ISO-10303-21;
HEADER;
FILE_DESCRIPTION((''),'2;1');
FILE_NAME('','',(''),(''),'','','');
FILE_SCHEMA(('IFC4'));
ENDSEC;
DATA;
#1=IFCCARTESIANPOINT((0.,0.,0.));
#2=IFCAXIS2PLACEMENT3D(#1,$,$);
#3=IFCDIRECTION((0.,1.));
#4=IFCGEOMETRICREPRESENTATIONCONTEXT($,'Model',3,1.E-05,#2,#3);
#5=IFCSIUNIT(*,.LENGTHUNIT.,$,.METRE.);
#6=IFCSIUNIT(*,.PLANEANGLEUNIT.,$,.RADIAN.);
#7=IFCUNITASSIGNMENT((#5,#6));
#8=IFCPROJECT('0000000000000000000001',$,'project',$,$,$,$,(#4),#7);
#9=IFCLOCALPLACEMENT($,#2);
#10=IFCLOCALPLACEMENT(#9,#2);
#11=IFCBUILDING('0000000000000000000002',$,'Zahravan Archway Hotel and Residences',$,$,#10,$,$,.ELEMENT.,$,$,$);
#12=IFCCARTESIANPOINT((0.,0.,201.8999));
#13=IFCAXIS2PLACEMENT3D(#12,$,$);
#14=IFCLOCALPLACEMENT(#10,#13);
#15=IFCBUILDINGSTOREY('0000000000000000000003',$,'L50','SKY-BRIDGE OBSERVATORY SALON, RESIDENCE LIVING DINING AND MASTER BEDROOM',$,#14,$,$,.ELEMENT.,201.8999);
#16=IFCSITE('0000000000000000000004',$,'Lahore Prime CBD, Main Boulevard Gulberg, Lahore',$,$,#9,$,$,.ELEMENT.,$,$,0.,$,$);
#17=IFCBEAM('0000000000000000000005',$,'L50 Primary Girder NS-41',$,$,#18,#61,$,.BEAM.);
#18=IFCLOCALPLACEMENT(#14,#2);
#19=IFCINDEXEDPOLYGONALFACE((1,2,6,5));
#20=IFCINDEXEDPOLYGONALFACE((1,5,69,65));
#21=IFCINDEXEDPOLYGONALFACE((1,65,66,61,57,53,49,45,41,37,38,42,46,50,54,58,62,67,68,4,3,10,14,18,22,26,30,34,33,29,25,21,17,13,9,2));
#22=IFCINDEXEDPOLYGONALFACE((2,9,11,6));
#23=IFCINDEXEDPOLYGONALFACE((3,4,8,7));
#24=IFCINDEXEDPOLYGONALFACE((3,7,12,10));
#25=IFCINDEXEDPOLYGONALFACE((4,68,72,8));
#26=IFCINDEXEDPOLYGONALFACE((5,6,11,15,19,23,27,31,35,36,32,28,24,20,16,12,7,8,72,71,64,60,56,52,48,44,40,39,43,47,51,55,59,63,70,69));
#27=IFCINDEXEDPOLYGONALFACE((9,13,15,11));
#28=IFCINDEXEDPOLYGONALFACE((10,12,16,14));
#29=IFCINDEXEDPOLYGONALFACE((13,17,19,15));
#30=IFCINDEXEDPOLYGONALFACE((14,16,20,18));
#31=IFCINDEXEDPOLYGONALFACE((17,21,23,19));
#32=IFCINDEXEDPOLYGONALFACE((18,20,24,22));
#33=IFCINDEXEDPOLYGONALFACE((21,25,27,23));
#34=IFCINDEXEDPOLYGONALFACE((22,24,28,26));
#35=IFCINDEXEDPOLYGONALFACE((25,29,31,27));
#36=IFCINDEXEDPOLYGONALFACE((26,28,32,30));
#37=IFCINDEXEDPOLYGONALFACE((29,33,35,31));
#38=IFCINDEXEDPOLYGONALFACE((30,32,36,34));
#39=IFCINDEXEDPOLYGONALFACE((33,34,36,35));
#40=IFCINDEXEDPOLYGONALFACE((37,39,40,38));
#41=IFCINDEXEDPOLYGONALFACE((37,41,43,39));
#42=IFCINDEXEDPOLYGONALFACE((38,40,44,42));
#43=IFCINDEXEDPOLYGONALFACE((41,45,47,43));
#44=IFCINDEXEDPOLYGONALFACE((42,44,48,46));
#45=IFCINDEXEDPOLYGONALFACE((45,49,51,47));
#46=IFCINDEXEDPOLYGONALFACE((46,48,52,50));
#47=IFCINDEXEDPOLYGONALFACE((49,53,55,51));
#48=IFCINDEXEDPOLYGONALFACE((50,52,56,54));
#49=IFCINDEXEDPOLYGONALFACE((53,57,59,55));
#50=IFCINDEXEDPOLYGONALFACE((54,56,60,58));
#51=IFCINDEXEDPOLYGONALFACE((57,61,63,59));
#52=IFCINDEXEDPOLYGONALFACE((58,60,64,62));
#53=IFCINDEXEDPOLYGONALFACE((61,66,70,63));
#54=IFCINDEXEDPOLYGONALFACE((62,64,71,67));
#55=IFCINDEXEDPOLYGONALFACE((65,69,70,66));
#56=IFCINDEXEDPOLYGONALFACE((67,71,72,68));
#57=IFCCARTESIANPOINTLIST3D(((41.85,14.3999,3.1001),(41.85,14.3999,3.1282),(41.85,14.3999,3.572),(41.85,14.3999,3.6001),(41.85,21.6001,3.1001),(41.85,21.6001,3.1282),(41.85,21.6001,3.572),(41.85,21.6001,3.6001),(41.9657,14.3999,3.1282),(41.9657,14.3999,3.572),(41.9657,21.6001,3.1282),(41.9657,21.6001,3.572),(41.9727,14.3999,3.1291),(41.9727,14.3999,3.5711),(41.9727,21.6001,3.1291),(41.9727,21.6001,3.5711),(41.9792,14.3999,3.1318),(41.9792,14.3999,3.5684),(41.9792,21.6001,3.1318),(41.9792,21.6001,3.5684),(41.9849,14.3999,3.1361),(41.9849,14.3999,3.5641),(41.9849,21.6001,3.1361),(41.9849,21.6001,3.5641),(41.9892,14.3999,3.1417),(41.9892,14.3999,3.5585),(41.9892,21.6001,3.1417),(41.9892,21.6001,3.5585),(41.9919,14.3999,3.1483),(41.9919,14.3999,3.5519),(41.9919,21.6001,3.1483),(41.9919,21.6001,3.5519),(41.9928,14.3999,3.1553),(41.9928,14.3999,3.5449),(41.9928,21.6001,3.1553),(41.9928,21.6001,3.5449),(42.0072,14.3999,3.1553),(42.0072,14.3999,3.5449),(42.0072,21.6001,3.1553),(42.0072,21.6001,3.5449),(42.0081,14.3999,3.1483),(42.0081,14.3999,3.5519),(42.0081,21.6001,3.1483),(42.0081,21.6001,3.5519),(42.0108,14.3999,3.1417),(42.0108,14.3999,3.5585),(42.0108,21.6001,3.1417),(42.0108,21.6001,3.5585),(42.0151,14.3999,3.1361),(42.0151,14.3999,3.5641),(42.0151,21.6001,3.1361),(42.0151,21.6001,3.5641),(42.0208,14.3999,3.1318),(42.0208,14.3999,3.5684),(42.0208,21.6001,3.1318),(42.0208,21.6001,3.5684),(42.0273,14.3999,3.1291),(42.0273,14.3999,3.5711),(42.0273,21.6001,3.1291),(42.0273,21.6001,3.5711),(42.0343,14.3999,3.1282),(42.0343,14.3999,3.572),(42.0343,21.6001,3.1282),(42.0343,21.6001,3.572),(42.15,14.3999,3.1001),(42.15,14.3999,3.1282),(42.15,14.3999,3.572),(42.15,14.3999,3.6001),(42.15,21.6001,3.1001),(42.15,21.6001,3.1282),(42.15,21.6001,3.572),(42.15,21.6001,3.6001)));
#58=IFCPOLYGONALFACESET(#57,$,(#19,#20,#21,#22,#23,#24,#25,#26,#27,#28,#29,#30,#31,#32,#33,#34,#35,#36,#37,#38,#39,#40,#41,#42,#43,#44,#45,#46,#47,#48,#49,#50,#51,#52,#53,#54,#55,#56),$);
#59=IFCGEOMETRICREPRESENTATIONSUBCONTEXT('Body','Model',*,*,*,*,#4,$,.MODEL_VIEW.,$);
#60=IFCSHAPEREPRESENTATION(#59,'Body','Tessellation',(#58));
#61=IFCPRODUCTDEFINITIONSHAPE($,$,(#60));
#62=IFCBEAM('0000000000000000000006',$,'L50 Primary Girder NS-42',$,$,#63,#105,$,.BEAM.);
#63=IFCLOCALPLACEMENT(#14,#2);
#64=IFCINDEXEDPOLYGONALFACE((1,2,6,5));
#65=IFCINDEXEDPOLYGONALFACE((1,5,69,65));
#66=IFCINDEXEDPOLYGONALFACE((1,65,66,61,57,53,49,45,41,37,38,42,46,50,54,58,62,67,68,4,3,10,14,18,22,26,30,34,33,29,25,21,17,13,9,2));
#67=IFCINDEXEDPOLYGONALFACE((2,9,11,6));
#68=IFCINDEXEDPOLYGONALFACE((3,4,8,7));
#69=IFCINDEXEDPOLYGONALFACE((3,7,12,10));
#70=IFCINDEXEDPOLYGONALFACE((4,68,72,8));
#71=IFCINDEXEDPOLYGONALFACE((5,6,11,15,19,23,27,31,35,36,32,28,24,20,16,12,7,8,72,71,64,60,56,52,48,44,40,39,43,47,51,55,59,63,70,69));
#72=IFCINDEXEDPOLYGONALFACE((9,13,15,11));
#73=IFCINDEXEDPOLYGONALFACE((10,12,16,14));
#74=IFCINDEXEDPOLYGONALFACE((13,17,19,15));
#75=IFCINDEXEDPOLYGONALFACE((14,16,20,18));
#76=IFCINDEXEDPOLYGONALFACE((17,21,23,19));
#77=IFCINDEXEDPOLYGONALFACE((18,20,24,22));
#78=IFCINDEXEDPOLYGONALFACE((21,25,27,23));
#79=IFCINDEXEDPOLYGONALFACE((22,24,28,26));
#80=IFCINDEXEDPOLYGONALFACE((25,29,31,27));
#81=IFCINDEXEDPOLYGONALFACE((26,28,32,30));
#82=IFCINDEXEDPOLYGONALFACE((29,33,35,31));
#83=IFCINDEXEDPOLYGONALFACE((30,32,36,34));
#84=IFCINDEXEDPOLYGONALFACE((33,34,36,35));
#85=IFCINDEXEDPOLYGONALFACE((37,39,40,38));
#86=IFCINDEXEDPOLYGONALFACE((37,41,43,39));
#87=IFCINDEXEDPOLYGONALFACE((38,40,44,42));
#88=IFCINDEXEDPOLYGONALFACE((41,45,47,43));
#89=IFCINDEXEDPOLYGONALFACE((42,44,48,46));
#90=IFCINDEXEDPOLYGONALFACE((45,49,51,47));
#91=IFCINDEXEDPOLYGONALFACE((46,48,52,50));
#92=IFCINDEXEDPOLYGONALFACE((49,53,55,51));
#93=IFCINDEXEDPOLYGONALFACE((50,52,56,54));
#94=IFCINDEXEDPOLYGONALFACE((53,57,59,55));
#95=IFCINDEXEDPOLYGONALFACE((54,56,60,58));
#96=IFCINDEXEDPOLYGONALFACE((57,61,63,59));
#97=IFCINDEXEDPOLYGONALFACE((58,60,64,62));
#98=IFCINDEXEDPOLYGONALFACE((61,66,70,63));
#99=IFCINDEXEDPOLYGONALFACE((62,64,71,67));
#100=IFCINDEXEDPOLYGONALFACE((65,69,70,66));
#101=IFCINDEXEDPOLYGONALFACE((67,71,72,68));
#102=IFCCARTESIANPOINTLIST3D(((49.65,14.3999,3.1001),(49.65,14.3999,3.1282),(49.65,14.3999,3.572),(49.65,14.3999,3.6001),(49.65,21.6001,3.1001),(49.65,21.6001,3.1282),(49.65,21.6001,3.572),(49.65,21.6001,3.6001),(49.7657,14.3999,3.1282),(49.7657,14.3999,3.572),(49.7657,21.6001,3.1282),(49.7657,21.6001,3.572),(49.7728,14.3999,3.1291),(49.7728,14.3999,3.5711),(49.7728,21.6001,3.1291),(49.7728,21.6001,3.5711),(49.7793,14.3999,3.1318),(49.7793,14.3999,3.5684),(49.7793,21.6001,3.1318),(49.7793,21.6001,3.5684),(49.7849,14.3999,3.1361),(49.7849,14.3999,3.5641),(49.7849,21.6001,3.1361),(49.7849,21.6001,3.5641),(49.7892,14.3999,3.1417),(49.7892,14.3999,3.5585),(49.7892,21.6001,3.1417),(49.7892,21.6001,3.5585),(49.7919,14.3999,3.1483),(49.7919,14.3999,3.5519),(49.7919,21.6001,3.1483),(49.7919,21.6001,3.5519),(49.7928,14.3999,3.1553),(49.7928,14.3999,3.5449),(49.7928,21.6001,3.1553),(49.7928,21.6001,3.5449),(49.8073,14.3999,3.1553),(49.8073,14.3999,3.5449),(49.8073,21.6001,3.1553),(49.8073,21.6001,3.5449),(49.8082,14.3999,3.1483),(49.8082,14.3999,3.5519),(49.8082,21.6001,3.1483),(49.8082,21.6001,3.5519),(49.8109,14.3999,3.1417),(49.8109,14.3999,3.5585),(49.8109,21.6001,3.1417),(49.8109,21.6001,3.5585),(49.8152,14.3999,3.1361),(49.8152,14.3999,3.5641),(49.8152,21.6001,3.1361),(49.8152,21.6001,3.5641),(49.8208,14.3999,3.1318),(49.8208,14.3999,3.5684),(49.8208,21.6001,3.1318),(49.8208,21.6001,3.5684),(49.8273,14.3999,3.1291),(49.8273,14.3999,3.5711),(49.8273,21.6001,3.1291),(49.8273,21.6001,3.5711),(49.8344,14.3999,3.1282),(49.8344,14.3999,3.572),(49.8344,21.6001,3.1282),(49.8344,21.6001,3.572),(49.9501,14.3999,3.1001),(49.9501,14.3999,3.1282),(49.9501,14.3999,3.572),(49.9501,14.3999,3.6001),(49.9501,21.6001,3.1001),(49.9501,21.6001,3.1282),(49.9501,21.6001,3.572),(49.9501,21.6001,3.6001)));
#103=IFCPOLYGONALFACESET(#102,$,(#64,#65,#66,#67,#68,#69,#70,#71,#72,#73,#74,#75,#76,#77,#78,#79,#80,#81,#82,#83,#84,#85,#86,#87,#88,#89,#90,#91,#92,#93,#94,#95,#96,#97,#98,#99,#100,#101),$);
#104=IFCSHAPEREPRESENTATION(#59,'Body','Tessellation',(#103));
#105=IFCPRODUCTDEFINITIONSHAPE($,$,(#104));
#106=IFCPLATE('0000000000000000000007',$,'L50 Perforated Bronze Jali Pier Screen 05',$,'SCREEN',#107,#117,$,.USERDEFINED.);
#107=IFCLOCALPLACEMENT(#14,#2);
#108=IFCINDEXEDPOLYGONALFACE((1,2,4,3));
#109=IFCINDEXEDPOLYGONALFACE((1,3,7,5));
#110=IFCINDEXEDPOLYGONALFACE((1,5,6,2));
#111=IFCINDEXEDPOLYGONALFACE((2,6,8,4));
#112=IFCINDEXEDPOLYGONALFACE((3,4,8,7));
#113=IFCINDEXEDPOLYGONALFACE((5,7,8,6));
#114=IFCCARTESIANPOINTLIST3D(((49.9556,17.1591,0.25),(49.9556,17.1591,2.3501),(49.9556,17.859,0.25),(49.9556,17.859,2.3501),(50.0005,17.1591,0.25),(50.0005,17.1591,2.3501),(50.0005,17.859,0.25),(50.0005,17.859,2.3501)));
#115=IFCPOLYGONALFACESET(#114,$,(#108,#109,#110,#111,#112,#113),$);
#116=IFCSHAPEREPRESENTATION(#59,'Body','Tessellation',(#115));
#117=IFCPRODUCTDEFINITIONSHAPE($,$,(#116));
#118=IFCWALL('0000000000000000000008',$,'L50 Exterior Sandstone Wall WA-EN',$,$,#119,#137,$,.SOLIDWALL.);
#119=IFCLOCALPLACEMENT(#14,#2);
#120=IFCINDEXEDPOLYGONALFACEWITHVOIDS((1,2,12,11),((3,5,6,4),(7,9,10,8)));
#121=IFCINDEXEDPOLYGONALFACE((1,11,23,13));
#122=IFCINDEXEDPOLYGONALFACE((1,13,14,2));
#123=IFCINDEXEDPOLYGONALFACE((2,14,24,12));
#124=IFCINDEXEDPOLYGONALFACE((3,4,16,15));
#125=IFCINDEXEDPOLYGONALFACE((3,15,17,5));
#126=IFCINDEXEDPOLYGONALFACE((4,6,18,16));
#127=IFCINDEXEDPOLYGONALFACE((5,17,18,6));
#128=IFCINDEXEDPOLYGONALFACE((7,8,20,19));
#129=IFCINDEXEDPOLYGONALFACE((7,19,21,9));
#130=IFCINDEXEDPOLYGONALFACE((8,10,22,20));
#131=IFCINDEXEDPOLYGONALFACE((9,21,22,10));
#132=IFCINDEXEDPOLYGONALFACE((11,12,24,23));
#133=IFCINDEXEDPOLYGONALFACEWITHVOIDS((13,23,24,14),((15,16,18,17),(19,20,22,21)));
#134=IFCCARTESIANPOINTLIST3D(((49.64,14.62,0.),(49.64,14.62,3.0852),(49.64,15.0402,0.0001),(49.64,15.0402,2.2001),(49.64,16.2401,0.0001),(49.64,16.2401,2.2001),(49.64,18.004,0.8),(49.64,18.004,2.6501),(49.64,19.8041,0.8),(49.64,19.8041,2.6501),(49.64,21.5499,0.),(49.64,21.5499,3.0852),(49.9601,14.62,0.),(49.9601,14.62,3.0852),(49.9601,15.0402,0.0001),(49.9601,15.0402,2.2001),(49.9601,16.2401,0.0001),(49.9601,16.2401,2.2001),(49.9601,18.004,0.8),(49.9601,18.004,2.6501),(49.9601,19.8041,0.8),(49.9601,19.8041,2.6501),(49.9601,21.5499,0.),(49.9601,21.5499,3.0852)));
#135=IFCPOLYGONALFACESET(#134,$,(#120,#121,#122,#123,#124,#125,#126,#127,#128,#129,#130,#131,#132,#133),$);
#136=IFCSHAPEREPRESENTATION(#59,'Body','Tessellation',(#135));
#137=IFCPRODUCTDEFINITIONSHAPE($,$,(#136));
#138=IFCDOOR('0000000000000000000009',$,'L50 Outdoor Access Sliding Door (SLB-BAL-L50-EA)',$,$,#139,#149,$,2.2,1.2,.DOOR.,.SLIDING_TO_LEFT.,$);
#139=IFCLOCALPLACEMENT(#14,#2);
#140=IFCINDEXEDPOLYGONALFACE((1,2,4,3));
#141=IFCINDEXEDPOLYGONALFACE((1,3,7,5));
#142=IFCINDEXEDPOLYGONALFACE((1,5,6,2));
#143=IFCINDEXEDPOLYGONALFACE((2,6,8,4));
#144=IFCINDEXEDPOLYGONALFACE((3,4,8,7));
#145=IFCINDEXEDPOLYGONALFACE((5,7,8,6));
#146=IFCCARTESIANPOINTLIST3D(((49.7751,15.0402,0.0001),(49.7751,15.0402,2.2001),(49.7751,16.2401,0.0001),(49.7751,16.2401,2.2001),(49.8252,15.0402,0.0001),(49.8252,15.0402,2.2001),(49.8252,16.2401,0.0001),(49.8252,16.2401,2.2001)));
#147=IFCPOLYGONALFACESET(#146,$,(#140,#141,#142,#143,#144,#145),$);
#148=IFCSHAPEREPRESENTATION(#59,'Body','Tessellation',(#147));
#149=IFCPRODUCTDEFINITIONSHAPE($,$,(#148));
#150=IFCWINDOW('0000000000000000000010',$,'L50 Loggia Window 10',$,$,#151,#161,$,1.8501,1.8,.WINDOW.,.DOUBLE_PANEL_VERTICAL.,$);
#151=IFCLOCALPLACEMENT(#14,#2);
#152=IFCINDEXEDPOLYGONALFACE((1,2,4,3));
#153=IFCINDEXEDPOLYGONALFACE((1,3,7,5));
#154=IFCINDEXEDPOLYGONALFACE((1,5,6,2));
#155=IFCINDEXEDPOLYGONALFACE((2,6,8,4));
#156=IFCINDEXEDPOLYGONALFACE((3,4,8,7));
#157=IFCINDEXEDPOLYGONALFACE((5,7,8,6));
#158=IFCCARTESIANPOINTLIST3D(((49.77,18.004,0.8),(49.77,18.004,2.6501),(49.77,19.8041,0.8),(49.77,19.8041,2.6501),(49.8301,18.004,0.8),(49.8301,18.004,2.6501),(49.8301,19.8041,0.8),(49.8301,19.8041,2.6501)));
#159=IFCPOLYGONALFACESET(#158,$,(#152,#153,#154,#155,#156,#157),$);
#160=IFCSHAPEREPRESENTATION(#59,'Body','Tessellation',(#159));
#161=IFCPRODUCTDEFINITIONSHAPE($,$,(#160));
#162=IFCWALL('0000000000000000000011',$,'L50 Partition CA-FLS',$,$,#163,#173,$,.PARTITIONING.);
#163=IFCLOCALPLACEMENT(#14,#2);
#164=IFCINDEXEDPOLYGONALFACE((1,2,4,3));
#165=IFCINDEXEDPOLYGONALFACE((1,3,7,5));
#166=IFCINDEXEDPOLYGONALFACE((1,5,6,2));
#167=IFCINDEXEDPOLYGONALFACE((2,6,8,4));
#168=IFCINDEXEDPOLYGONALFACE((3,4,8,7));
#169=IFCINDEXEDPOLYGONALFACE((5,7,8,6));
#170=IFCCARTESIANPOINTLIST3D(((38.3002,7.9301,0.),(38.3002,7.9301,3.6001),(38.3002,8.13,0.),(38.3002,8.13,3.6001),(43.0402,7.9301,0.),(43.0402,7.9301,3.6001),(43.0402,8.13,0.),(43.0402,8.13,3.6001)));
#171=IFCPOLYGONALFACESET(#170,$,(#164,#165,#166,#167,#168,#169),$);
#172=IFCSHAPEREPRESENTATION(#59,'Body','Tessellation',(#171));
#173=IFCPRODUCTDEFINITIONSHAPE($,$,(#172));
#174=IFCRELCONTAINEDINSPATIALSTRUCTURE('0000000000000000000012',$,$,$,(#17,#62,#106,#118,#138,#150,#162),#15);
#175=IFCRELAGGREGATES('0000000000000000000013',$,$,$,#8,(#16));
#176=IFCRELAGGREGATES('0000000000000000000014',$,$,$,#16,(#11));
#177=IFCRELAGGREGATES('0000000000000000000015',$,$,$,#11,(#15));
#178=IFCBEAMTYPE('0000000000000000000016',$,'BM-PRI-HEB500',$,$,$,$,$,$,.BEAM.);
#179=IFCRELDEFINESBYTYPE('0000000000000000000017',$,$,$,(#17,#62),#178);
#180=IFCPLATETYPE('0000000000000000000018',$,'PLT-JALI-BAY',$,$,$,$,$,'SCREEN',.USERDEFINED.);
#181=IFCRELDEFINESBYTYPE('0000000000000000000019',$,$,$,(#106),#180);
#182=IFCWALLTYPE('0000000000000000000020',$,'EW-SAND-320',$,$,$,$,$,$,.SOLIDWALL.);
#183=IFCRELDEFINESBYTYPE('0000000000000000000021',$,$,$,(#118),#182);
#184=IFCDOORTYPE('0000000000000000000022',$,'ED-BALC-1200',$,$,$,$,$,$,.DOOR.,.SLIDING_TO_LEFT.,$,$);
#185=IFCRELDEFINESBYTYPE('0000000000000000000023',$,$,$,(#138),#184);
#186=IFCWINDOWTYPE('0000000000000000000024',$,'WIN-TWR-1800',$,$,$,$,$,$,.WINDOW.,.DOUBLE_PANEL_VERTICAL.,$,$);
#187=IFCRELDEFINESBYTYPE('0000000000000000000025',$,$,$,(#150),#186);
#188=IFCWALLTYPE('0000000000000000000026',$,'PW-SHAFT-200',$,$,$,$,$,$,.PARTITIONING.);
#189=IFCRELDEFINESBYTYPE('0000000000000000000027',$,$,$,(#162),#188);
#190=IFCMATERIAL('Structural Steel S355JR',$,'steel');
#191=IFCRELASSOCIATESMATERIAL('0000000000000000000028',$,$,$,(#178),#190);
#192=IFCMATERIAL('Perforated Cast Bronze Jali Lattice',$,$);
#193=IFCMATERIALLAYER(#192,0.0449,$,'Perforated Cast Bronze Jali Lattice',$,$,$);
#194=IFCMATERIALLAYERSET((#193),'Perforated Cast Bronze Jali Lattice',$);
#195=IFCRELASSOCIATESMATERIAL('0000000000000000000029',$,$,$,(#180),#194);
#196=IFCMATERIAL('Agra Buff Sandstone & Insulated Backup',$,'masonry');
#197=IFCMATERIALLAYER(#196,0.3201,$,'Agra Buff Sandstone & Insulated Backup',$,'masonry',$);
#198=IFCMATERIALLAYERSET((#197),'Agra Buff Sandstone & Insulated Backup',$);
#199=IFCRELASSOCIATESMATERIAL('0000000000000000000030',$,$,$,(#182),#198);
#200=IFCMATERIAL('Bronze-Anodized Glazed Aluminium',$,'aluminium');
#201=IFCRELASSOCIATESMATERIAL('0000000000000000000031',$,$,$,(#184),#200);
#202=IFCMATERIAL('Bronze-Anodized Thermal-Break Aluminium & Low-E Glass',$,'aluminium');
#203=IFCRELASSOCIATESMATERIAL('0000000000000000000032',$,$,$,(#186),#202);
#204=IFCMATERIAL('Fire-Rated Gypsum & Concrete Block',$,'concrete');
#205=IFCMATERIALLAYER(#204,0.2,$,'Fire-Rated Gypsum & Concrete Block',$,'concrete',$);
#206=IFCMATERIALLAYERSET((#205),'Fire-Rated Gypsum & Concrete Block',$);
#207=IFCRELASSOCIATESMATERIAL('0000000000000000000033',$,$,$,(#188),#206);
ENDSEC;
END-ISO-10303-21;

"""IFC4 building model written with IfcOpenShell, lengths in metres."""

from ifc_helpers import new_model, si_unit, direction, frame, frame_2d, origin, origin_2d, place, context, subcontext, project, spatial, rectangle, i_section, extrude, source, transform, mapped, material, layer, layer_set, material_profile, profile_set, type_object, type_shapes, element, fill, save


model = new_model("IFC4")

# Units and contexts
model_context = context("Model", 3, precision=1e-05, world=origin(), true_north=direction((0.0, 1.0)))
body_context = subcontext(model_context, "Body", "Model", "MODEL_VIEW")
ifc_project = project(units=[si_unit("LENGTHUNIT", "METRE"), si_unit("PLANEANGLEUNIT", "RADIAN")], contexts=[model_context])

# Site, building, storey
site_placement = place(None, origin())
site = spatial("IfcSite", under=ifc_project, at=site_placement, Name="Lahore Prime CBD, Main Boulevard Gulberg, Lahore", CompositionType="ELEMENT", RefElevation=0.0)
building_placement = place(site_placement, origin())
building = spatial("IfcBuilding", under=site, at=building_placement, Name="Zahravan Archway Hotel and Residences", CompositionType="ELEMENT")
storey_placement = place(building_placement, frame((0.0, 0.0, 201.8999)))
storey = spatial("IfcBuildingStorey", under=building, at=storey_placement, Name="L50", Description="SKY-BRIDGE OBSERVATORY SALON, RESIDENCE LIVING DINING AND MASTER BEDROOM", CompositionType="ELEMENT", Elevation=201.8999)

# Beams
ifc_material_1 = material(Name="Structural Steel S355JR", Category="steel")
ifc_material_profile = material_profile(ifc_material_1, i_section(OverallWidth=0.3, OverallDepth=0.5, WebThickness=0.0144, FlangeThickness=0.0281, FilletRadius=0.0271, at=origin_2d()), Name="HEB 500", Category="steel")
ifc_profile_set = profile_set([ifc_material_profile], Name="Structural Steel S355JR")
beam_type = type_object("IfcBeamType", Name="BM-PRI-HEB500", PredefinedType="BEAM", material=ifc_profile_set)
shared_shape_1 = source(origin(), body_context, "Body", "SweptSolid", [
    extrude(i_section(OverallWidth=0.3, OverallDepth=0.5, WebThickness=0.0144, FlangeThickness=0.0281, FilletRadius=0.0271, at=origin_2d()), origin(), (0.0, 0.0, 1.0), 7.2002),
])
type_shapes(beam_type, [shared_shape_1])
for number, where, z_axis, x_axis, name in (
    (1, (42.0, 14.3999, 3.3501), (0.0, 1.0, 0.0), (-1.0, 0.0, 0.0), "L50 Primary Girder NS-41"),
    (2, (49.8, 14.3999, 3.3501), (0.0, 1.0, 0.0), (-1.0, 0.0, 0.0), "L50 Primary Girder NS-42"),
):
    element("IfcBeam", number, at=place(storey_placement, frame(where, z_axis=z_axis, x_axis=x_axis)), inside=storey, type_object=beam_type, Name=name, PredefinedType="BEAM", context=body_context, shape_type="MappedRepresentation", body=[
        mapped(shared_shape_1, transform((0.0, 0.0, 0.0), scale=1.0)),
    ])

# Plate
ifc_material_2 = material(Name="Perforated Cast Bronze Jali Lattice")
ifc_layer_1 = layer(ifc_material_2, 0.0449, Name="Perforated Cast Bronze Jali Lattice")
ifc_layer_set_1 = layer_set([ifc_layer_1], Name="Perforated Cast Bronze Jali Lattice")
plate_type = type_object("IfcPlateType", Name="PLT-JALI-BAY", ElementType="SCREEN", PredefinedType="USERDEFINED", material=ifc_layer_set_1)
shared_shape_2 = source(origin(), body_context, "Body", "SweptSolid", [
    extrude(rectangle(XDim=0.7, YDim=0.0449, at=origin_2d()), origin(), (0.0, 0.0, 1.0), 2.1001),
])
type_shapes(plate_type, [shared_shape_2])
plate_placement = place(storey_placement, frame((49.978, 17.509, 0.25), z_axis=(0.0, 0.0, 1.0), x_axis=(0.0, 1.0, 0.0)))
element("IfcPlate", 3, at=plate_placement, inside=storey, type_object=plate_type, Name="L50 Perforated Bronze Jali Pier Screen 05", ObjectType="SCREEN", PredefinedType="USERDEFINED", context=body_context, shape_type="MappedRepresentation", body=[
    mapped(shared_shape_2, transform((0.0, 0.0, 0.0), scale=1.0)),
])

# Wall, openings, door, window
ifc_material_3 = material(Name="Agra Buff Sandstone & Insulated Backup", Category="masonry")
ifc_layer_2 = layer(ifc_material_3, 0.3201, Name="Agra Buff Sandstone & Insulated Backup", Category="masonry")
ifc_layer_set_2 = layer_set([ifc_layer_2], Name="Agra Buff Sandstone & Insulated Backup")
wall_type_1 = type_object("IfcWallType", Name="EW-SAND-320", PredefinedType="SOLIDWALL", material=ifc_layer_set_2)
wall_1_placement = place(storey_placement, frame((49.8, 14.6201, 0.0), z_axis=(0.0, 0.0, 1.0), x_axis=(0.0, 1.0, 0.0)))
wall_1 = element("IfcWall", 4, at=wall_1_placement, inside=storey, type_object=wall_type_1, Name="L50 Exterior Sandstone Wall WA-EN", PredefinedType="SOLIDWALL", context=body_context, shape_type="SweptSolid", body=[
    extrude(rectangle(XDim=6.9299, YDim=0.3201, at=frame_2d((3.4648, 0.0))), origin(), (0.0, 0.0, 1.0), 3.0852),
])
opening_1_placement = place(wall_1_placement, frame((0.4199, 0.0, 0.0)))
opening_1 = element("IfcOpeningElement", 5, at=opening_1_placement, cuts=wall_1, PredefinedType="OPENING", context=body_context, shape_type="SweptSolid", body=[
    extrude(rectangle(XDim=1.2, YDim=2.2, at=frame_2d((0.6001, 1.1001))), frame((0.0, 0.1699, 0.0), z_axis=(0.0, -1.0, 0.0), x_axis=(1.0, 0.0, 0.0)), (0.0, 0.0, 1.0), 0.3401),
])
opening_2_placement = place(wall_1_placement, frame((3.384, 0.0, 0.8)))
opening_2 = element("IfcOpeningElement", 6, at=opening_2_placement, cuts=wall_1, PredefinedType="OPENING", context=body_context, shape_type="SweptSolid", body=[
    extrude(rectangle(XDim=1.8, YDim=1.8501, at=frame_2d((0.8999, 0.925))), frame((0.0, 0.1699, 0.0), z_axis=(0.0, -1.0, 0.0), x_axis=(1.0, 0.0, 0.0)), (0.0, 0.0, 1.0), 0.3401),
])
ifc_material_4 = material(Name="Bronze-Anodized Glazed Aluminium", Category="aluminium")
door_type_1 = type_object("IfcDoorType", Name="ED-BALC-1200", OperationType="SLIDING_TO_LEFT", PredefinedType="DOOR", material=ifc_material_4)
shared_shape_3 = source(origin(), body_context, "Body", "SweptSolid", [
    extrude(rectangle(XDim=1.2, YDim=2.2, at=frame_2d((0.6001, 1.1001))), frame((0.0, 0.0249, 0.0), z_axis=(0.0, -1.0, 0.0), x_axis=(1.0, 0.0, 0.0)), (0.0, 0.0, 1.0), 0.05),
])
type_shapes(door_type_1, [shared_shape_3])
door_1_placement = place(opening_1_placement, origin())
door_1 = element("IfcDoor", 7, at=door_1_placement, inside=storey, type_object=door_type_1, Name="L50 Outdoor Access Sliding Door (SLB-BAL-L50-EA)", OperationType="SLIDING_TO_LEFT", OverallHeight=2.2, OverallWidth=1.2, PredefinedType="DOOR", context=body_context, shape_type="MappedRepresentation", body=[
    mapped(shared_shape_3, transform((0.0, 0.0, 0.0), scale=1.0)),
])
fill(opening_1, door_1)
ifc_material_5 = material(Name="Bronze-Anodized Thermal-Break Aluminium & Low-E Glass", Category="aluminium")
window_type = type_object("IfcWindowType", Name="WIN-TWR-1800", PartitioningType="DOUBLE_PANEL_VERTICAL", PredefinedType="WINDOW", material=ifc_material_5)
shared_shape_4 = source(origin(), body_context, "Body", "SweptSolid", [
    extrude(rectangle(XDim=1.8, YDim=1.8501, at=frame_2d((0.8999, 0.925))), frame((0.0, 0.03, 0.0), z_axis=(0.0, -1.0, 0.0), x_axis=(1.0, 0.0, 0.0)), (0.0, 0.0, 1.0), 0.0601),
])
type_shapes(window_type, [shared_shape_4])
window_placement = place(opening_2_placement, origin())
window = element("IfcWindow", 8, at=window_placement, inside=storey, type_object=window_type, Name="L50 Loggia Window 10", OverallHeight=1.8501, OverallWidth=1.8, PartitioningType="DOUBLE_PANEL_VERTICAL", PredefinedType="WINDOW", context=body_context, shape_type="MappedRepresentation", body=[
    mapped(shared_shape_4, transform((0.0, 0.0, 0.0), scale=1.0)),
])
fill(opening_2, window)

# Shared definitions
ifc_material_6 = material(Name="Fire-Rated Gypsum & Concrete Block", Category="concrete")

# Wall
ifc_layer_3 = layer(ifc_material_6, 0.2, Name="Fire-Rated Gypsum & Concrete Block", Category="concrete")
ifc_layer_set_3 = layer_set([ifc_layer_3], Name="Fire-Rated Gypsum & Concrete Block")
wall_type_2 = type_object("IfcWallType", Name="PW-SHAFT-200", PredefinedType="PARTITIONING", material=ifc_layer_set_3)
wall_2_placement = place(storey_placement, frame((38.3, 8.03, 0.0), z_axis=(0.0, 0.0, 1.0), x_axis=(1.0, 0.0, 0.0)))
element("IfcWall", 9, at=wall_2_placement, inside=storey, type_object=wall_type_2, Name="L50 Partition CA-FLS", PredefinedType="PARTITIONING", context=body_context, shape_type="SweptSolid", body=[
    extrude(rectangle(XDim=4.74, YDim=0.2, at=frame_2d((2.3701, 0.0))), origin(), (0.0, 0.0, 1.0), 3.6001),
])

save(model, "model.ifc")
